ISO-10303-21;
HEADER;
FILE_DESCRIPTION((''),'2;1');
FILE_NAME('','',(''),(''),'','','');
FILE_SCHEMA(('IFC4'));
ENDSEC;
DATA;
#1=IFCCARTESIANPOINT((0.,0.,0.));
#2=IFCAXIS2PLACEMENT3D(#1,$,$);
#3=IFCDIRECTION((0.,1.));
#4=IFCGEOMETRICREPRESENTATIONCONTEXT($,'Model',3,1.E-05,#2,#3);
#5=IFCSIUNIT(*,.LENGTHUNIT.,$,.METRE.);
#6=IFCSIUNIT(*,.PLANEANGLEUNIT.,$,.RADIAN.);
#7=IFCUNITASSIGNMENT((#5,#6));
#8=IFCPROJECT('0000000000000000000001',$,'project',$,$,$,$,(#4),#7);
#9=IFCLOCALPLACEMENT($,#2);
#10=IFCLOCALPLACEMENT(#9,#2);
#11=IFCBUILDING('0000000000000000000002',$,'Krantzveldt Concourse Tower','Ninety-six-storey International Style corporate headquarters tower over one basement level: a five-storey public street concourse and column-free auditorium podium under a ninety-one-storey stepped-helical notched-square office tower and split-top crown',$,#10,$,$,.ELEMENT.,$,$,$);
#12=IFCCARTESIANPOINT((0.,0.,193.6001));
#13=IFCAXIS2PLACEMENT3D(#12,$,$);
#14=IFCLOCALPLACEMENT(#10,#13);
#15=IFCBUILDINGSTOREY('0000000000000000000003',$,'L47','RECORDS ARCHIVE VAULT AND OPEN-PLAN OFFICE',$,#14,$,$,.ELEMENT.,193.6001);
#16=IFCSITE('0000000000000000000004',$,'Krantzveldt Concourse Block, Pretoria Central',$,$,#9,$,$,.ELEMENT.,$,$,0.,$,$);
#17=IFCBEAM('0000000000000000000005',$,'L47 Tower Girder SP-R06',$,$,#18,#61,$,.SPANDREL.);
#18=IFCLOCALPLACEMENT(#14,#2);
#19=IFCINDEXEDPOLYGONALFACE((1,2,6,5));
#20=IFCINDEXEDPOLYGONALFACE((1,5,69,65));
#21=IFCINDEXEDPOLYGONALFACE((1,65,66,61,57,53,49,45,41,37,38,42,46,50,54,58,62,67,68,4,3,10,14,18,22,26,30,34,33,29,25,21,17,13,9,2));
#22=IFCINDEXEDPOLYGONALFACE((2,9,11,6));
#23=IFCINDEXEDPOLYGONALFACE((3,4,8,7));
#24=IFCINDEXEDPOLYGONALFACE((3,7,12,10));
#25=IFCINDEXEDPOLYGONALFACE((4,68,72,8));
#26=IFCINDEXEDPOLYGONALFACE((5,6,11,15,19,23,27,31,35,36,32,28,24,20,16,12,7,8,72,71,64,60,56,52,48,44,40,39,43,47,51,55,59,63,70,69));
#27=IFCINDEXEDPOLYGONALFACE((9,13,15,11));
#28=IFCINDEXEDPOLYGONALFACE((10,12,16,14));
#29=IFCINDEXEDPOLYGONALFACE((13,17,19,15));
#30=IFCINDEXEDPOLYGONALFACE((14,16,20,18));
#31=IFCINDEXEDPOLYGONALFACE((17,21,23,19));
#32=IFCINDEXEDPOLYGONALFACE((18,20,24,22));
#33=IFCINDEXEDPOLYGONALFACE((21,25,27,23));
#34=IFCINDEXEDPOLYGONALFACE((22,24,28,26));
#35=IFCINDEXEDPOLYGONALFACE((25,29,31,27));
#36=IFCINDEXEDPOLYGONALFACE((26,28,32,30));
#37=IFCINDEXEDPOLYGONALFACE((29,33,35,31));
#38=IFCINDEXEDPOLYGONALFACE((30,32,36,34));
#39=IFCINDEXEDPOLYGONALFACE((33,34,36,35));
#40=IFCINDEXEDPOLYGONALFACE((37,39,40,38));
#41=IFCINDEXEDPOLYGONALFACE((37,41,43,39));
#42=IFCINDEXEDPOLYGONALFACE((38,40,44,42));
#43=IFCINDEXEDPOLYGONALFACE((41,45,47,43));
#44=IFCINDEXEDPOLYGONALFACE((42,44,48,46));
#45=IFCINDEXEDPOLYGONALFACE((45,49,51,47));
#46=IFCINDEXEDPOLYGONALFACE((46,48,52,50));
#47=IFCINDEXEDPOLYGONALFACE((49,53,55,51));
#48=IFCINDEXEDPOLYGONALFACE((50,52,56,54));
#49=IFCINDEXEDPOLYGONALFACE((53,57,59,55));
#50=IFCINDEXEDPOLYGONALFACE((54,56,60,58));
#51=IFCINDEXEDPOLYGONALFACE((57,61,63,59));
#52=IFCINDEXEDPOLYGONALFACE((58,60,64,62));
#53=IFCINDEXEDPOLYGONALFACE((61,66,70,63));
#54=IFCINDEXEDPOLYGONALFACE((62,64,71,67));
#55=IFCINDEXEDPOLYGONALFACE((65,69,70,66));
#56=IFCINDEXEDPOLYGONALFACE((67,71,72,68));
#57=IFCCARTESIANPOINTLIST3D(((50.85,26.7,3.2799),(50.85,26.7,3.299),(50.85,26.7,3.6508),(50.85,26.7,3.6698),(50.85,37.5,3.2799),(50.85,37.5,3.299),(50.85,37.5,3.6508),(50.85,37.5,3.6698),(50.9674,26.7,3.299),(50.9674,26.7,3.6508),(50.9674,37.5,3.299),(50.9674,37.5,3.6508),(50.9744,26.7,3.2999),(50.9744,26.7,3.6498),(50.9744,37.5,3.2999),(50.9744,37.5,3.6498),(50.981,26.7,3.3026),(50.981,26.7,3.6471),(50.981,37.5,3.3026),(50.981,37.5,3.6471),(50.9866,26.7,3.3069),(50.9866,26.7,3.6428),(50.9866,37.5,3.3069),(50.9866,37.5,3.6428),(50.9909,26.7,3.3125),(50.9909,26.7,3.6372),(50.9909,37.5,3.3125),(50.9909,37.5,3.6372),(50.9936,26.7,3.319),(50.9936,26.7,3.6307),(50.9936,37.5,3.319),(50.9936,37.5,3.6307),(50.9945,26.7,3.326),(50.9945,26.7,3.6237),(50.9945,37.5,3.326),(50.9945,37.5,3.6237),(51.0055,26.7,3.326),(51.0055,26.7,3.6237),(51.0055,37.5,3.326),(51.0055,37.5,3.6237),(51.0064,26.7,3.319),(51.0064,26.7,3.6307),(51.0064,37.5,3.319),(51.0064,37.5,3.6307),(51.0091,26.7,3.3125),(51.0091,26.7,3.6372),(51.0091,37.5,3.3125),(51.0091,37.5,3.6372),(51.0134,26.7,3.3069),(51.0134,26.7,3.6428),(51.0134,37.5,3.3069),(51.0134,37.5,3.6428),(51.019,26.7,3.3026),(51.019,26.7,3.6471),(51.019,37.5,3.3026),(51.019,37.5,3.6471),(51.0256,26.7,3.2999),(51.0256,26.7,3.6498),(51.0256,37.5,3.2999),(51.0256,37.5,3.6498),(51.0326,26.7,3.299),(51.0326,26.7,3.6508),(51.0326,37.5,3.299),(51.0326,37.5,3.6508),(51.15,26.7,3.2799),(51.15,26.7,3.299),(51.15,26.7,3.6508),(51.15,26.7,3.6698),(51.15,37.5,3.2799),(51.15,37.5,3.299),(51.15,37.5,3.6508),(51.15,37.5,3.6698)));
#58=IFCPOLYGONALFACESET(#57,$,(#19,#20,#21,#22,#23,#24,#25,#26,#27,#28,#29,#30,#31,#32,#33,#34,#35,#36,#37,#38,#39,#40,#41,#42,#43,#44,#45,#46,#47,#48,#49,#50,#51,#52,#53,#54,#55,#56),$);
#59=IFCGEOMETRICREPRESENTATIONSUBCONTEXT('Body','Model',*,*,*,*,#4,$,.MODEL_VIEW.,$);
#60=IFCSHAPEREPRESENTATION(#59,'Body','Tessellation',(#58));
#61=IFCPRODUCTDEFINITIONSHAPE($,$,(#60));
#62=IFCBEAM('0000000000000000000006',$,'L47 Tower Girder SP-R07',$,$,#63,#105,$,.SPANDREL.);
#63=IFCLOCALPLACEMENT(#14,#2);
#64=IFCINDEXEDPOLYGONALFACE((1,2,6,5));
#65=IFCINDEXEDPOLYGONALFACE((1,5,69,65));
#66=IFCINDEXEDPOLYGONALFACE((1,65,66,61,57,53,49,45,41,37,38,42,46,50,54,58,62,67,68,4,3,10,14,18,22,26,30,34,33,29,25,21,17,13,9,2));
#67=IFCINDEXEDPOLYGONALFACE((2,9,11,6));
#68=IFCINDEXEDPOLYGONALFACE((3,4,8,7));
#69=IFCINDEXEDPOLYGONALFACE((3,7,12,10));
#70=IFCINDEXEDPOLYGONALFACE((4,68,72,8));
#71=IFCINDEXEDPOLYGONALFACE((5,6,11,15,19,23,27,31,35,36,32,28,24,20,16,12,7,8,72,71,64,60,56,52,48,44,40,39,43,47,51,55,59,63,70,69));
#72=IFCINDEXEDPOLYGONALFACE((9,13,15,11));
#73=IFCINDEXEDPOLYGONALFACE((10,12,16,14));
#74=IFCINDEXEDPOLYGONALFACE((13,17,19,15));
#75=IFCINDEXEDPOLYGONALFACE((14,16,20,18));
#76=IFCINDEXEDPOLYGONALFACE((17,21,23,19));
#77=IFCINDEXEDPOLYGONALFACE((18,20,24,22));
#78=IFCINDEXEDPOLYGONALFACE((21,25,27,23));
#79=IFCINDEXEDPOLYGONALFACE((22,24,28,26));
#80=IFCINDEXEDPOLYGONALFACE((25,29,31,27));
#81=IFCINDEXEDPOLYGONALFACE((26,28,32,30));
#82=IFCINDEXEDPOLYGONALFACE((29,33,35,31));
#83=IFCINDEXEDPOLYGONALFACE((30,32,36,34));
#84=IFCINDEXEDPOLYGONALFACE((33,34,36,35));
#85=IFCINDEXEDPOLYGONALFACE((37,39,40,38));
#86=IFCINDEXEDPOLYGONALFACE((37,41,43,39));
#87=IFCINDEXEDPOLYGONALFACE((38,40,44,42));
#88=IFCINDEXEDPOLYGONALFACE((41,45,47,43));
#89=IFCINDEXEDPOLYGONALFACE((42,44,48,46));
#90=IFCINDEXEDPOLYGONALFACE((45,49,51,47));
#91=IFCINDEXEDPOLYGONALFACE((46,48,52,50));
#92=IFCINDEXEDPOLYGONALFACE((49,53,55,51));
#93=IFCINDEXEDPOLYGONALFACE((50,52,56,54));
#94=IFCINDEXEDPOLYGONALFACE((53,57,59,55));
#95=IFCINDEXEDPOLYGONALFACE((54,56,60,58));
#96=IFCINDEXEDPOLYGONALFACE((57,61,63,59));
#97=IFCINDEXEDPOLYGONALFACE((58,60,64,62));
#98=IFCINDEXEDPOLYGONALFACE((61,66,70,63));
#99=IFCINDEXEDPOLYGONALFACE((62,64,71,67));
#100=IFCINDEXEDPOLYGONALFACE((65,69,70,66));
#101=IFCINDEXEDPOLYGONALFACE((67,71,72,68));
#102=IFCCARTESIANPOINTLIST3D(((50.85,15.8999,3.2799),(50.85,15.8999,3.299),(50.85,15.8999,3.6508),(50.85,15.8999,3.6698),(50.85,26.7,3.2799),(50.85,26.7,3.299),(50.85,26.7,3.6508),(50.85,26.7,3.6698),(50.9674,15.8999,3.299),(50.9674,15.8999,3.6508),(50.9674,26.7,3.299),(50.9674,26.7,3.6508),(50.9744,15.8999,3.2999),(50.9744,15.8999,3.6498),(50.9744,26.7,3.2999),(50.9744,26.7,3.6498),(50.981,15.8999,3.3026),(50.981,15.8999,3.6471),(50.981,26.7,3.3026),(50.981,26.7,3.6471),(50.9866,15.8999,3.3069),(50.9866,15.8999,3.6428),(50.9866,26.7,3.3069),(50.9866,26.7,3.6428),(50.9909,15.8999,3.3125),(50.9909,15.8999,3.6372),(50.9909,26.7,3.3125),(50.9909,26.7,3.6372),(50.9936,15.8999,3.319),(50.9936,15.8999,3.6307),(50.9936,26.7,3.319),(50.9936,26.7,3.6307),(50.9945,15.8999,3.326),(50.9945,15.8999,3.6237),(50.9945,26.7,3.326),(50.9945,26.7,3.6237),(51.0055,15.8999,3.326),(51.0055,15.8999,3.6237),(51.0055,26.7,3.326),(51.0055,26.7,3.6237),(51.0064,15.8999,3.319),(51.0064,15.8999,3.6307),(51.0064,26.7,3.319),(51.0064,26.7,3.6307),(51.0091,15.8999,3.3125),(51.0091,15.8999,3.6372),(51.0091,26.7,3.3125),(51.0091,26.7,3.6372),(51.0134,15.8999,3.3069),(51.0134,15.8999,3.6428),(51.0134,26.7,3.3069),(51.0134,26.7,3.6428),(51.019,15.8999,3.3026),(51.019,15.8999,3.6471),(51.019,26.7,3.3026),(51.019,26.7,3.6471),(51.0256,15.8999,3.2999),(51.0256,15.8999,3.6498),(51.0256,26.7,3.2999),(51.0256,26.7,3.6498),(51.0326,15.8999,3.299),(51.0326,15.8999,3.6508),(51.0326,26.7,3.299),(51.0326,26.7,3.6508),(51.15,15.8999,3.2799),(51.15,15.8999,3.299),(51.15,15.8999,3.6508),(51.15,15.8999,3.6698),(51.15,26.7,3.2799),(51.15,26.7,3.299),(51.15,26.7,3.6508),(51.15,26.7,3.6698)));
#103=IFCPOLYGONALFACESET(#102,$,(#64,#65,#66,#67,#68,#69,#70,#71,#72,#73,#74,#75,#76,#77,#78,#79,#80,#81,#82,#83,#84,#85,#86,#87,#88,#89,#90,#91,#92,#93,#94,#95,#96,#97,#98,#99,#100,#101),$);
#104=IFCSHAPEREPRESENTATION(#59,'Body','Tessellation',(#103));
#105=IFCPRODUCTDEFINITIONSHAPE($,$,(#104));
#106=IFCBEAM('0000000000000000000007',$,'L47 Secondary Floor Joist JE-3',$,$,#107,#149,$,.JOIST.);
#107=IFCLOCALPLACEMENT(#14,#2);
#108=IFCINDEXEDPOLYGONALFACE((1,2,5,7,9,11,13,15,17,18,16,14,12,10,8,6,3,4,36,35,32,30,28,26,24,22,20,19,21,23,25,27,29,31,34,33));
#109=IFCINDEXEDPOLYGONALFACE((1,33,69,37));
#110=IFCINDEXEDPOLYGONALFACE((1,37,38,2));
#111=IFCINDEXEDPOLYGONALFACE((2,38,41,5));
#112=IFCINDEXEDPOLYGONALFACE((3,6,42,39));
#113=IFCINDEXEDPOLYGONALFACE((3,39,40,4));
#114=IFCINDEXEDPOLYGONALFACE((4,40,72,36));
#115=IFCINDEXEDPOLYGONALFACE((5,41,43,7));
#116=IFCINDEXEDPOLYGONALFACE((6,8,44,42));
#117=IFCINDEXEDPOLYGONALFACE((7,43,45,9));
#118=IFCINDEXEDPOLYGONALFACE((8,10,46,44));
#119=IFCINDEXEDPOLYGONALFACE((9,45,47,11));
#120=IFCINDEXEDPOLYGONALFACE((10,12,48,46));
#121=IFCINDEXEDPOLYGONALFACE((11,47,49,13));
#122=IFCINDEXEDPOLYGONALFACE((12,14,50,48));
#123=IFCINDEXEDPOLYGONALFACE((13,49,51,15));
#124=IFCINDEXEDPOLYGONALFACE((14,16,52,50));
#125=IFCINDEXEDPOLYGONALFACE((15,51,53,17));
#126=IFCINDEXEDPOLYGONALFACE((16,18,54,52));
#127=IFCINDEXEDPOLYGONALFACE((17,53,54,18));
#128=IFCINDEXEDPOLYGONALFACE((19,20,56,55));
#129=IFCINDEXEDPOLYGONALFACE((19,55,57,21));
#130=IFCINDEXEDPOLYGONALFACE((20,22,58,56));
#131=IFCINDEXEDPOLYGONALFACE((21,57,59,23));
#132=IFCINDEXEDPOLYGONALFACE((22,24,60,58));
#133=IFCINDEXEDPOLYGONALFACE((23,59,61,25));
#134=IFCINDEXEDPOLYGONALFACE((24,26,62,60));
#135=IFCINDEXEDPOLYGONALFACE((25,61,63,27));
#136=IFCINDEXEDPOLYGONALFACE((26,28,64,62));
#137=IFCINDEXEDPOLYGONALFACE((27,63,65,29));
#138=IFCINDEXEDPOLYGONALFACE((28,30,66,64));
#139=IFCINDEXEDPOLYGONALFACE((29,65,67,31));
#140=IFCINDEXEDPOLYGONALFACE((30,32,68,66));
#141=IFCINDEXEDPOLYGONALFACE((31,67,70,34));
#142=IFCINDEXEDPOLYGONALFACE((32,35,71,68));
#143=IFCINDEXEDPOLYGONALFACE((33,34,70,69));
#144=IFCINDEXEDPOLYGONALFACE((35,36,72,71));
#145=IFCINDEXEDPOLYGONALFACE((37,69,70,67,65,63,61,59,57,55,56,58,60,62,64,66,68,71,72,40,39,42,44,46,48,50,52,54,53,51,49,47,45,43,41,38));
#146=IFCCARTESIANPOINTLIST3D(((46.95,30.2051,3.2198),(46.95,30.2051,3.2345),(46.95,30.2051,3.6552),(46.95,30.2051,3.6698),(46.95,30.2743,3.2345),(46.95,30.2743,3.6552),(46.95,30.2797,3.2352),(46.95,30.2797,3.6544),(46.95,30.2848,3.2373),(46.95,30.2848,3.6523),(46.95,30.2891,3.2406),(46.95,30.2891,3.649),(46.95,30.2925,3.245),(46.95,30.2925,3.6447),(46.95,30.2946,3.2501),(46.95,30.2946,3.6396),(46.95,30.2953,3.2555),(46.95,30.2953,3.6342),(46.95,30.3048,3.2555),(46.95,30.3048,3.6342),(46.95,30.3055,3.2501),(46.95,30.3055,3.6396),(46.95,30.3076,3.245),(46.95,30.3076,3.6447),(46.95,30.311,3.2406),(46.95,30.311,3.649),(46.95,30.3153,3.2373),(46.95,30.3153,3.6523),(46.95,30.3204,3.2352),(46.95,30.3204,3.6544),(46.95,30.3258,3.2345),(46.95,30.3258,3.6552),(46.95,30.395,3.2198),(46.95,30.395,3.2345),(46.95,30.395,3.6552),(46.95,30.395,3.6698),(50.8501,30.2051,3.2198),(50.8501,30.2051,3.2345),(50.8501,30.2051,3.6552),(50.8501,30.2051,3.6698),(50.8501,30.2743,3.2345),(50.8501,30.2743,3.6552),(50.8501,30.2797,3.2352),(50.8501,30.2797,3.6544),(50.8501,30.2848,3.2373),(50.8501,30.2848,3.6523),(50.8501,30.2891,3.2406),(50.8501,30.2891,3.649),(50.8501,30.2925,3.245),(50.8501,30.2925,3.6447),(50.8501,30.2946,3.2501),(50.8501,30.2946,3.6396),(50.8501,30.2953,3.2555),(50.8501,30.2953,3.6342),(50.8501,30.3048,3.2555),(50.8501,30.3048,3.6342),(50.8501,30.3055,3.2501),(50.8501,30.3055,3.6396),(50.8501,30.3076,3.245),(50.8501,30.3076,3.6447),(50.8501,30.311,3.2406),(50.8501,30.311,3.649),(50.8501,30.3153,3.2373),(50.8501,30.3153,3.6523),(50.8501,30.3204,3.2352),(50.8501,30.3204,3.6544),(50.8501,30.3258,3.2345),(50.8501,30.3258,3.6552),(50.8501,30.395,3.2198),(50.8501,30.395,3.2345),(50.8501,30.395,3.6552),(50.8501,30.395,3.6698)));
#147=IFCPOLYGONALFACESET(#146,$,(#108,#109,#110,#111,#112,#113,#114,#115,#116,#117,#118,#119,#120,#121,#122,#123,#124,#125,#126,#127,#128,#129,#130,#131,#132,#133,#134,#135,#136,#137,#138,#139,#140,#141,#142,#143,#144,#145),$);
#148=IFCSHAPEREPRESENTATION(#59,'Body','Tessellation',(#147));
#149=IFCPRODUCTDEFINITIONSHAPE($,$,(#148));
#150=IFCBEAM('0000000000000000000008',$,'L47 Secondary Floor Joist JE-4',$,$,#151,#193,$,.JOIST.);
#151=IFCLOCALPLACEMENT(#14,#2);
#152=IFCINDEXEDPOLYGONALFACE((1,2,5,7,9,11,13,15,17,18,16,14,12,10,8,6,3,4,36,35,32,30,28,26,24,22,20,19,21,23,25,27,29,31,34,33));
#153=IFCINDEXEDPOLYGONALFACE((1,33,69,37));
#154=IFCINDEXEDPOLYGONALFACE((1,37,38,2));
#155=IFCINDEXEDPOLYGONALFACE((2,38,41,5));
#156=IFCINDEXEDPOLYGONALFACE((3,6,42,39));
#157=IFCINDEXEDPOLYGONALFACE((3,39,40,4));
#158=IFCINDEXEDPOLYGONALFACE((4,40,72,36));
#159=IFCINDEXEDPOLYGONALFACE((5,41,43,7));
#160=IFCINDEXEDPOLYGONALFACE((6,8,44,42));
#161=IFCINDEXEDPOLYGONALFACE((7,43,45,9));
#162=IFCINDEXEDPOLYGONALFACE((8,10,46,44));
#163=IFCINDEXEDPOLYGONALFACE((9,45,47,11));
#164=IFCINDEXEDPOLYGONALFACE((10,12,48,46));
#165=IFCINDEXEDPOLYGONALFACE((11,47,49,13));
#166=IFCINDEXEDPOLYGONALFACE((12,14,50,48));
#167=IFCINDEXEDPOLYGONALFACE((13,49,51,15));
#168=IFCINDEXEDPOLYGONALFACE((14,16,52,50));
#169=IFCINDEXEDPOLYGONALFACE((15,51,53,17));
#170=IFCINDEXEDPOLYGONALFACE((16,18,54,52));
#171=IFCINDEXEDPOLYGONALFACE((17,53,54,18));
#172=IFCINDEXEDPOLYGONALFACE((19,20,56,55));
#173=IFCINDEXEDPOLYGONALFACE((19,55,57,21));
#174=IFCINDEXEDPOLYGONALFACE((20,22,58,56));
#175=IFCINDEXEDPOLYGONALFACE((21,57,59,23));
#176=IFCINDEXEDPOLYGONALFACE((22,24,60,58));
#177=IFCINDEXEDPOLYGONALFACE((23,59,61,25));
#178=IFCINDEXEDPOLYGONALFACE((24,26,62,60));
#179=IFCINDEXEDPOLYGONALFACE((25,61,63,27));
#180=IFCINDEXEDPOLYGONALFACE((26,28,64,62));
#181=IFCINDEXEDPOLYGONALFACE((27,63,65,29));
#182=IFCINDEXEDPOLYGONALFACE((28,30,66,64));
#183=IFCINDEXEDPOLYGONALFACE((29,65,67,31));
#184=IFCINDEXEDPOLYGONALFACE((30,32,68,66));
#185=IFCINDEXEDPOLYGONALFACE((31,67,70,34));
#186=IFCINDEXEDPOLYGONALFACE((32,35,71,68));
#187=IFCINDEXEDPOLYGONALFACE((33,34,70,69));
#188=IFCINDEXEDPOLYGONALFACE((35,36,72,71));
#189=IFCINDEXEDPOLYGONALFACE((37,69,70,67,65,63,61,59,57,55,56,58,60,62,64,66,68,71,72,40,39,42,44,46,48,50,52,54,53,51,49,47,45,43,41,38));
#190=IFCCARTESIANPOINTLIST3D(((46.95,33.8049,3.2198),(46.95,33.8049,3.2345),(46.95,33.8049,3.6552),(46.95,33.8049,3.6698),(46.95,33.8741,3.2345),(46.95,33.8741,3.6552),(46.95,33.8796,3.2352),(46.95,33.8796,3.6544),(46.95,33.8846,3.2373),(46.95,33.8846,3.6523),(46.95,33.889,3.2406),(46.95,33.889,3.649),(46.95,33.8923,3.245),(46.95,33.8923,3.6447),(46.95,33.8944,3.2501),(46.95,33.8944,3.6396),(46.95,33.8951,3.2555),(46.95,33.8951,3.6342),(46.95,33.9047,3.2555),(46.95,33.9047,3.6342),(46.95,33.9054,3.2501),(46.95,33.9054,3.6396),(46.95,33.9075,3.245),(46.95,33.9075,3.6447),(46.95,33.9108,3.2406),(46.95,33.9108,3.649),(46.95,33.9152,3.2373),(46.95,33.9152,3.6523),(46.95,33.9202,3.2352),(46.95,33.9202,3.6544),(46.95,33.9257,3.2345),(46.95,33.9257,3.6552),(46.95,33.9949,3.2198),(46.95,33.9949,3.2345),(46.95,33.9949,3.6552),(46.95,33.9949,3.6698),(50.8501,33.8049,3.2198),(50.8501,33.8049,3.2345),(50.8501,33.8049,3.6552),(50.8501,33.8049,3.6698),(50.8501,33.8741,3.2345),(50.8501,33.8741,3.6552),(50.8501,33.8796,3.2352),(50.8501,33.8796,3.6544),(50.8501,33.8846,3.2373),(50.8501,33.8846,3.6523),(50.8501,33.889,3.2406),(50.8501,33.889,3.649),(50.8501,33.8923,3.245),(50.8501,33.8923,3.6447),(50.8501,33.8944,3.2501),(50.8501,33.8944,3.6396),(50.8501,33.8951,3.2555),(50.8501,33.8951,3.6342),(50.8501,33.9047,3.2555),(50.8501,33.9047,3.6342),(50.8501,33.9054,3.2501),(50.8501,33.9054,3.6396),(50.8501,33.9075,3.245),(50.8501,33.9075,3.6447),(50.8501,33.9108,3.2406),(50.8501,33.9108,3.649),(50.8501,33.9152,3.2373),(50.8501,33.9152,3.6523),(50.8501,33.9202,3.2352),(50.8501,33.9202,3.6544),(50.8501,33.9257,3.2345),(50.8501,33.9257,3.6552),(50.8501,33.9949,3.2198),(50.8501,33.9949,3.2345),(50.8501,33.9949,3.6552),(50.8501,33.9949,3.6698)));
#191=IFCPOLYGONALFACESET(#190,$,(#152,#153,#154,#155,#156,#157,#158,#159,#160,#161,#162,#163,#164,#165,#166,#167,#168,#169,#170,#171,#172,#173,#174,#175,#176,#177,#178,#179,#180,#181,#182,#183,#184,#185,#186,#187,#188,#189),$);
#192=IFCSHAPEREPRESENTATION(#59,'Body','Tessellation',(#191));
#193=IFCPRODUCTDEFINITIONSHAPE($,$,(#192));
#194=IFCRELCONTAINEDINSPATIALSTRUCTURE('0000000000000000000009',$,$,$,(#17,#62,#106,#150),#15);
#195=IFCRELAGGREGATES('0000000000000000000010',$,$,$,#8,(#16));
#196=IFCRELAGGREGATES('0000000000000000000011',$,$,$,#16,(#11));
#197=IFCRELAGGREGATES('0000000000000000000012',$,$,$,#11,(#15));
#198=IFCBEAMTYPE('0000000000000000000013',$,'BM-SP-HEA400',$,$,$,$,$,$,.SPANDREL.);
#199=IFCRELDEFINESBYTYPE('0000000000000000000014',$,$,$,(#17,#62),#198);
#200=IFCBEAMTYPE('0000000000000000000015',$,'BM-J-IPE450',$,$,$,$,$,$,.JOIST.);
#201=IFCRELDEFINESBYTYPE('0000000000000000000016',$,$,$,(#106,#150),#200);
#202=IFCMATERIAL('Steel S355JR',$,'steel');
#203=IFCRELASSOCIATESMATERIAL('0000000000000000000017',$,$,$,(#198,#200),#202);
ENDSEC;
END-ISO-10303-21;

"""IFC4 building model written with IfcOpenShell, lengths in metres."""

from ifc_helpers import new_model, si_unit, direction, frame, origin, origin_2d, place, context, subcontext, project, spatial, i_section, extrude, source, transform, mapped, material, material_profile, profile_set, type_object, type_shapes, element, save


model = new_model("IFC4")

# Units and contexts
model_context = context("Model", 3, precision=1e-05, world=origin(), true_north=direction((0.0, 1.0)))
body_context = subcontext(model_context, "Body", "Model", "MODEL_VIEW")
ifc_project = project(units=[si_unit("LENGTHUNIT", "METRE"), si_unit("PLANEANGLEUNIT", "RADIAN")], contexts=[model_context])

# Site, building, storey
site_placement = place(None, origin())
site = spatial("IfcSite", under=ifc_project, at=site_placement, Name="Krantzveldt Concourse Block, Pretoria Central", CompositionType="ELEMENT", RefElevation=0.0)
building_placement = place(site_placement, origin())
building = spatial("IfcBuilding", under=site, at=building_placement, Name="Krantzveldt Concourse Tower", Description="Ninety-six-storey International Style corporate headquarters tower over one basement level: a five-storey public street concourse and column-free auditorium podium under a ninety-one-storey stepped-helical notched-square office tower and split-top crown", CompositionType="ELEMENT")
storey_placement = place(building_placement, frame((0.0, 0.0, 193.6001)))
storey = spatial("IfcBuildingStorey", under=building, at=storey_placement, Name="L47", Description="RECORDS ARCHIVE VAULT AND OPEN-PLAN OFFICE", CompositionType="ELEMENT", Elevation=193.6001)

# Beams
ifc_material_1 = material(Name="Steel S355JR", Category="steel")
ifc_material_profile_1 = material_profile(ifc_material_1, i_section(OverallWidth=0.3, OverallDepth=0.3899, WebThickness=0.011, FlangeThickness=0.019, FilletRadius=0.0271, at=origin_2d()), Name="Steel S355JR", Category="steel")
ifc_profile_set_1 = profile_set([ifc_material_profile_1], Name="Steel S355JR - HEA 400")
beam_type_1 = type_object("IfcBeamType", Name="BM-SP-HEA400", PredefinedType="SPANDREL", material=ifc_profile_set_1)
shared_shape_1 = source(origin(), body_context, "Body", "SweptSolid", [
    extrude(i_section(OverallWidth=0.3, OverallDepth=0.3899, WebThickness=0.011, FlangeThickness=0.019, FilletRadius=0.0271, at=origin_2d()), origin(), (0.0, 0.0, 1.0), 10.8),
])
type_shapes(beam_type_1, [shared_shape_1])
for number, where, z_axis, x_axis, name in (
    (1, (51.0, 37.5, 3.4749), (0.0, -1.0, 0.0), (1.0, 0.0, 0.0), "L47 Tower Girder SP-R06"),
    (2, (51.0, 26.7, 3.4749), (0.0, -1.0, 0.0), (1.0, 0.0, 0.0), "L47 Tower Girder SP-R07"),
):
    element("IfcBeam", number, at=place(storey_placement, frame(where, z_axis=z_axis, x_axis=x_axis)), inside=storey, type_object=beam_type_1, Name=name, PredefinedType="SPANDREL", context=body_context, shape_type="MappedRepresentation", body=[
        mapped(shared_shape_1, transform((0.0, 0.0, 0.0), x_axis=(1.0, 0.0, 0.0), y_axis=(0.0, 1.0, 0.0), z_axis=(0.0, 0.0, 1.0), scale=1.0)),
    ])
ifc_material_profile_2 = material_profile(ifc_material_1, i_section(OverallWidth=0.1899, OverallDepth=0.45, WebThickness=0.0095, FlangeThickness=0.0146, FilletRadius=0.021, at=origin_2d()), Name="Steel S355JR", Category="steel")
ifc_profile_set_2 = profile_set([ifc_material_profile_2], Name="Steel S355JR - IPE 450")
beam_type_2 = type_object("IfcBeamType", Name="BM-J-IPE450", PredefinedType="JOIST", material=ifc_profile_set_2)
shared_shape_2 = source(origin(), body_context, "Body", "SweptSolid", [
    extrude(i_section(OverallWidth=0.1899, OverallDepth=0.45, WebThickness=0.0095, FlangeThickness=0.0146, FilletRadius=0.021, at=origin_2d()), origin(), (0.0, 0.0, 1.0), 3.9001),
])
type_shapes(beam_type_2, [shared_shape_2])
for number, where, z_axis, x_axis, name in (
    (3, (46.95, 30.3, 3.4448), (1.0, 0.0, 0.0), (0.0, 1.0, 0.0), "L47 Secondary Floor Joist JE-3"),
    (4, (46.95, 33.8999, 3.4448), (1.0, 0.0, 0.0), (0.0, 1.0, 0.0), "L47 Secondary Floor Joist JE-4"),
):
    element("IfcBeam", number, at=place(storey_placement, frame(where, z_axis=z_axis, x_axis=x_axis)), inside=storey, type_object=beam_type_2, Name=name, PredefinedType="JOIST", context=body_context, shape_type="MappedRepresentation", body=[
        mapped(shared_shape_2, transform((0.0, 0.0, 0.0), x_axis=(1.0, 0.0, 0.0), y_axis=(0.0, 1.0, 0.0), z_axis=(0.0, 0.0, 1.0), scale=1.0)),
    ])

save(model, "model.ifc")
